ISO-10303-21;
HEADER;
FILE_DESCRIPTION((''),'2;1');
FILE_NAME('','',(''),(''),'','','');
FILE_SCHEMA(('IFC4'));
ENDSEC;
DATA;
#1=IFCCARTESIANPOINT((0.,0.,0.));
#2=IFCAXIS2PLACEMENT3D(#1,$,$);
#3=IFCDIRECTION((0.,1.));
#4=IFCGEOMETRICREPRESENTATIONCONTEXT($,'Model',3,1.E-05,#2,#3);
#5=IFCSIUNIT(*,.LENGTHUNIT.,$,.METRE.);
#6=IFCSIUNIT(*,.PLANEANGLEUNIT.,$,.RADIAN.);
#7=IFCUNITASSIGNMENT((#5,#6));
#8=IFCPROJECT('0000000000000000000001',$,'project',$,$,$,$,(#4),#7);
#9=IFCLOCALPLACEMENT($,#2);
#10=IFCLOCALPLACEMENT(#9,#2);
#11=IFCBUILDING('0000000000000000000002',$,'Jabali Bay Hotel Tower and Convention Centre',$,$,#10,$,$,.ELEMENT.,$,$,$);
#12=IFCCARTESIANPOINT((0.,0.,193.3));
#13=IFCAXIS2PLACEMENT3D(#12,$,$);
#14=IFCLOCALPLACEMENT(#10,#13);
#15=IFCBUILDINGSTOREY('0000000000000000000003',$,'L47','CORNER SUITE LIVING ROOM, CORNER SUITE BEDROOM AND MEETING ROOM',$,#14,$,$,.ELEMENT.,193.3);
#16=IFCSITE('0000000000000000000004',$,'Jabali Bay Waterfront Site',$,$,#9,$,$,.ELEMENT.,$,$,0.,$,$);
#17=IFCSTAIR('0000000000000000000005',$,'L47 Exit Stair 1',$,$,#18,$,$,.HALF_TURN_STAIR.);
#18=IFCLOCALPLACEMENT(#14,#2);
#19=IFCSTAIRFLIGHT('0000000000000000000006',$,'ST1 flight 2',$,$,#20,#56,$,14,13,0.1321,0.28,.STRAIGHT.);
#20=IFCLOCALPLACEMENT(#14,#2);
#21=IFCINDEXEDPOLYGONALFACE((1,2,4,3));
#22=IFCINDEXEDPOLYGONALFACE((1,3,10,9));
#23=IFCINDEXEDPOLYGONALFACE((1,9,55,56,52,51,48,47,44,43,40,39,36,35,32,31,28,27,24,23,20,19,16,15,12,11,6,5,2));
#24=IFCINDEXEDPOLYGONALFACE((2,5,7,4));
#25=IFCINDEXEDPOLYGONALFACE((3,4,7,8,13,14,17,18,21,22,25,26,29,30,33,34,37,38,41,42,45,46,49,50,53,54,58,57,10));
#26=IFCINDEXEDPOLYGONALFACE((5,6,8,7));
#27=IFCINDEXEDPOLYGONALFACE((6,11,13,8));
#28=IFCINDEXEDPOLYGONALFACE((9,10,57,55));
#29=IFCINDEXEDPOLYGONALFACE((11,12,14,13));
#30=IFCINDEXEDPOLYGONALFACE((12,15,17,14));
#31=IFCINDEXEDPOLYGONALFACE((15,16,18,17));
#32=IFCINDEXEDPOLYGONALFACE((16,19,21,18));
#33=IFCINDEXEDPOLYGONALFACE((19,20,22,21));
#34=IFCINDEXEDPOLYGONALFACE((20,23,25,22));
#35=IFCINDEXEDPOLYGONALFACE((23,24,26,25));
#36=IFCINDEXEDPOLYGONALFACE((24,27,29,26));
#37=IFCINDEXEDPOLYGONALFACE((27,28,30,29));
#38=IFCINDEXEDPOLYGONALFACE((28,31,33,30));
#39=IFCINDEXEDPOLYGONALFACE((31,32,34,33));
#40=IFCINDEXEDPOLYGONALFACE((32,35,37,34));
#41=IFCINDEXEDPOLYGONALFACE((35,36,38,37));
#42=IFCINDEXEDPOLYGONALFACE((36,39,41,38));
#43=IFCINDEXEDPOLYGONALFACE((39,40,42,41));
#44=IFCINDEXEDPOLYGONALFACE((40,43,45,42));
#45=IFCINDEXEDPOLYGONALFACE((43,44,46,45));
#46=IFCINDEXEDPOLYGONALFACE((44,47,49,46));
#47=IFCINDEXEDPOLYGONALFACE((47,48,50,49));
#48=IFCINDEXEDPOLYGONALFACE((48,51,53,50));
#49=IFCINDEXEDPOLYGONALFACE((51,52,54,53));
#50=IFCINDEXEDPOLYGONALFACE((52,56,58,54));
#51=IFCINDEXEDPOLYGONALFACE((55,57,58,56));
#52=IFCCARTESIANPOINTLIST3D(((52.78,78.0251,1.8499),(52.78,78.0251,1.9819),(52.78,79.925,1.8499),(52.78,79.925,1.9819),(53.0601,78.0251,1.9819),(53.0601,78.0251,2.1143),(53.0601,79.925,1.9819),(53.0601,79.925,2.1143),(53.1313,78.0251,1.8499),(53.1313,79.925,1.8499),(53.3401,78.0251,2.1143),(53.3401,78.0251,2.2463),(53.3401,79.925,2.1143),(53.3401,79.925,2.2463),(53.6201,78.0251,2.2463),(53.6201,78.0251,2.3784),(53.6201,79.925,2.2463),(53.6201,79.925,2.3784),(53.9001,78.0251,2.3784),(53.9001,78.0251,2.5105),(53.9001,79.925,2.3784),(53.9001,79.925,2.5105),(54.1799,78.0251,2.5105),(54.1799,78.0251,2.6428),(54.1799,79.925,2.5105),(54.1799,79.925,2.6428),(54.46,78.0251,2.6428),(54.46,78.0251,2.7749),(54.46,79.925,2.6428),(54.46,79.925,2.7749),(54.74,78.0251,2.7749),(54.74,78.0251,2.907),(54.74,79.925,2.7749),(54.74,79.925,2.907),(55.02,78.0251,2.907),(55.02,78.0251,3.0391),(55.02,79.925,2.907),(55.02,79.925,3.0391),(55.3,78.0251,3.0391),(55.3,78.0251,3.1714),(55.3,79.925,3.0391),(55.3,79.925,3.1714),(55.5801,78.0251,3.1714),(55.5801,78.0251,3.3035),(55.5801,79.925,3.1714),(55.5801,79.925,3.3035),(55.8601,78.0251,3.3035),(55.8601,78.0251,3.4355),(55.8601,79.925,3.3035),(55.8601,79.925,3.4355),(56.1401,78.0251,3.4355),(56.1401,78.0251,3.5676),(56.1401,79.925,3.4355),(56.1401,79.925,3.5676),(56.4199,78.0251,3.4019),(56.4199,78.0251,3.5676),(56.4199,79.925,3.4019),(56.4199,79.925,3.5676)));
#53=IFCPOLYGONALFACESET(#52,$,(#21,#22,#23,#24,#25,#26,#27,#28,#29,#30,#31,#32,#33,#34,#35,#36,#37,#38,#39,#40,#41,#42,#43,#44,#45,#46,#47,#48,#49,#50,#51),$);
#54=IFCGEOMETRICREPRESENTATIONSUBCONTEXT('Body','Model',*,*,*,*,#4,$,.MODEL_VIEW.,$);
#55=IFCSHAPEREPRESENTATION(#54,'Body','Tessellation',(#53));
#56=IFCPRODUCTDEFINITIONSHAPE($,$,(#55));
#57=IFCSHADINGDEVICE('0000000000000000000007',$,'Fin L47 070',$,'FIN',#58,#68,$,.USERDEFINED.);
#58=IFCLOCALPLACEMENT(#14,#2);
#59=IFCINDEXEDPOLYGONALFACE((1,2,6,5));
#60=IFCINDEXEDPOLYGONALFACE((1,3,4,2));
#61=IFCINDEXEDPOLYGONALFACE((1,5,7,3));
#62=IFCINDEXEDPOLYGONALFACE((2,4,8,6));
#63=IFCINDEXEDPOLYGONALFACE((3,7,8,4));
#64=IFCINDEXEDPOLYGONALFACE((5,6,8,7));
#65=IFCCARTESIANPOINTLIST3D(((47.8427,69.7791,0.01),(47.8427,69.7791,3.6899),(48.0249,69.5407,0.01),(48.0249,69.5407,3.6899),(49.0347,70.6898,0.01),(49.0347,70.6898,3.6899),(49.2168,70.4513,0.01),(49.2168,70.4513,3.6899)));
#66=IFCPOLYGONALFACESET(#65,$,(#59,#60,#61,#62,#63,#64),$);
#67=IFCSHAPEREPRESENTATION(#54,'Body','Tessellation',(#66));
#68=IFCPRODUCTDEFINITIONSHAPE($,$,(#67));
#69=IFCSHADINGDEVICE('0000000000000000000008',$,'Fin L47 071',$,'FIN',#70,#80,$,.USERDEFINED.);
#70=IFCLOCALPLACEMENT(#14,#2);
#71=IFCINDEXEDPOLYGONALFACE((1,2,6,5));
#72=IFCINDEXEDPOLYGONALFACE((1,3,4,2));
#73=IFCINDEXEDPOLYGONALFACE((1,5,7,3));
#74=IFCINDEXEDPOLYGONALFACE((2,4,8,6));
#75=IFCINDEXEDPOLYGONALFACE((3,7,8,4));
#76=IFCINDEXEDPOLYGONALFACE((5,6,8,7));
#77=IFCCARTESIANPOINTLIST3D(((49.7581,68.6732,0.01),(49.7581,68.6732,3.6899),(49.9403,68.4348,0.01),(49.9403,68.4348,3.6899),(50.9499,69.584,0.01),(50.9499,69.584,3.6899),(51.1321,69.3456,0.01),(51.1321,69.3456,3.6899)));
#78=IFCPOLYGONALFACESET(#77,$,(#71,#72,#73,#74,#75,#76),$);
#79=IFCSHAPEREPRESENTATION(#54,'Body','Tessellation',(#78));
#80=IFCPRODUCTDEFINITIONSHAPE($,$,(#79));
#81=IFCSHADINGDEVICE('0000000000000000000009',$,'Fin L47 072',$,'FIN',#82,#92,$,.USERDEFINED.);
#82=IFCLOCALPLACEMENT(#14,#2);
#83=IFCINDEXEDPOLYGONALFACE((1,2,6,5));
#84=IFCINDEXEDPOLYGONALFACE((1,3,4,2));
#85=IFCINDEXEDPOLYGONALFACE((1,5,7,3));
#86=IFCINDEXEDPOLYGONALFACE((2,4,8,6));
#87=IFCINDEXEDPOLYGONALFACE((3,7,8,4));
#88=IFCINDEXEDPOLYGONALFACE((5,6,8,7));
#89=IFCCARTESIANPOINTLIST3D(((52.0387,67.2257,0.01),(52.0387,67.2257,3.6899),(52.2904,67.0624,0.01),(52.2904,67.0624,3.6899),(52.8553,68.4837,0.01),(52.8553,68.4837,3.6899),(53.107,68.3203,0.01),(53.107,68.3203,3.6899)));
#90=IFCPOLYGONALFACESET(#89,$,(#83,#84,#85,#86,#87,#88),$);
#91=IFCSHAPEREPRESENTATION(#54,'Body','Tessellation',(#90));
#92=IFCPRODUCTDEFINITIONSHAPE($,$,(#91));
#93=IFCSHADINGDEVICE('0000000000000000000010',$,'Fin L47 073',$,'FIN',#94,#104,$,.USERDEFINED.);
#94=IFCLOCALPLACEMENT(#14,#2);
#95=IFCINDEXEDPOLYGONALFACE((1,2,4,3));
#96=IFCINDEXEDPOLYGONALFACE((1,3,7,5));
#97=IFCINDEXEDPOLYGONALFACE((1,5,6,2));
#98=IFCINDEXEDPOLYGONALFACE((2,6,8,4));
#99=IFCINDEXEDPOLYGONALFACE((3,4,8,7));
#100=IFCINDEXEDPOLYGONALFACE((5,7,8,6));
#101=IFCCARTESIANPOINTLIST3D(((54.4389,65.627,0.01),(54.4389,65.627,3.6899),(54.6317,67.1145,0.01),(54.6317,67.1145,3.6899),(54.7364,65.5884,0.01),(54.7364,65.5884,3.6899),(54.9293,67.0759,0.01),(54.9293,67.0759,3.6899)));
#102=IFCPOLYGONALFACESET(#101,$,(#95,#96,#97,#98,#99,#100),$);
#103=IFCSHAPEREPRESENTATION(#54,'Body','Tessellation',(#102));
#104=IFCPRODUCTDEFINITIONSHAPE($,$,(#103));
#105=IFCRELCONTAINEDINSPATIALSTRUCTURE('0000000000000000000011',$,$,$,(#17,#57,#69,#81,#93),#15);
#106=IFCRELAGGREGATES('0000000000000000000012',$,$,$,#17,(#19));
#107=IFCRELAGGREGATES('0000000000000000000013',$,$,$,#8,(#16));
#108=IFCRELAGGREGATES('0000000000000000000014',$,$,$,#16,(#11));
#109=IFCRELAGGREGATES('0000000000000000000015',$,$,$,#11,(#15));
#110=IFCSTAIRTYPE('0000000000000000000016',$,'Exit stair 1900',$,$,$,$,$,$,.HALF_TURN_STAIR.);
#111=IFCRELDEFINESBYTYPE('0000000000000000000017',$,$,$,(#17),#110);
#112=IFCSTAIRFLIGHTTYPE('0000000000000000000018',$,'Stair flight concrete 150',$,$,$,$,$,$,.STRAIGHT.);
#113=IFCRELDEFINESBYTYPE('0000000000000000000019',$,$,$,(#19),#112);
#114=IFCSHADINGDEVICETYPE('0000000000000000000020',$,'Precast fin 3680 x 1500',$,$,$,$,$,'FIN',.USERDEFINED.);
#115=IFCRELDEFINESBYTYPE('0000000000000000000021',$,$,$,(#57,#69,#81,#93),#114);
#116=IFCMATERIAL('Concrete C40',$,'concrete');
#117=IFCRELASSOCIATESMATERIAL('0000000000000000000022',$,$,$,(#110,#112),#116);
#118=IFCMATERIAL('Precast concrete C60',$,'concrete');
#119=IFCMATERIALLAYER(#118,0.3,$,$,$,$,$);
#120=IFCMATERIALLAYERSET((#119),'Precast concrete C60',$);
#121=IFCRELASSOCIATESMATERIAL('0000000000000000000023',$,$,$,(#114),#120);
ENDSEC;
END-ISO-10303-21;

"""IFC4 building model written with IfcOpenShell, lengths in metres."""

from ifc_helpers import new_model, si_unit, direction, frame, frame_2d, origin, place, context, subcontext, project, spatial, polyline, rectangle, outline, extrude, material, layer, layer_set, type_object, element, aggregate, save


model = new_model("IFC4")

# Units and contexts
model_context = context("Model", 3, precision=1e-05, world=origin(), true_north=direction((0.0, 1.0)))
body_context = subcontext(model_context, "Body", "Model", "MODEL_VIEW")
ifc_project = project(units=[si_unit("LENGTHUNIT", "METRE"), si_unit("PLANEANGLEUNIT", "RADIAN")], contexts=[model_context])

# Site, building, storey
site_placement = place(None, origin())
site = spatial("IfcSite", under=ifc_project, at=site_placement, Name="Jabali Bay Waterfront Site", CompositionType="ELEMENT", RefElevation=0.0)
building_placement = place(site_placement, origin())
building = spatial("IfcBuilding", under=site, at=building_placement, Name="Jabali Bay Hotel Tower and Convention Centre", CompositionType="ELEMENT")
storey_placement = place(building_placement, frame((0.0, 0.0, 193.3)))
storey = spatial("IfcBuildingStorey", under=building, at=storey_placement, Name="L47", Description="CORNER SUITE LIVING ROOM, CORNER SUITE BEDROOM AND MEETING ROOM", CompositionType="ELEMENT", Elevation=193.3)

# Shared definitions
ifc_material_1 = material(Name="Concrete C40", Category="concrete")

# Stair, stair flight
stair_type = type_object("IfcStairType", Name="Exit stair 1900", PredefinedType="HALF_TURN_STAIR", material=ifc_material_1)
stair_placement = place(storey_placement, origin())
stair = element("IfcStair", 1, at=stair_placement, inside=storey, type_object=stair_type, Name="L47 Exit Stair 1", PredefinedType="HALF_TURN_STAIR")
stair_flight_type = type_object("IfcStairFlightType", Name="Stair flight concrete 150", PredefinedType="STRAIGHT", material=ifc_material_1)
stair_flight_placement = place(storey_placement, frame((52.78, 78.9751, 1.8499), z_axis=(0.0, 0.0, 1.0), x_axis=(1.0, 0.0, 0.0)))
stair_flight = element("IfcStairFlight", 2, at=stair_flight_placement, type_object=stair_flight_type, Name="ST1 flight 2", NumberOfRisers=14, NumberOfTreads=13, PredefinedType="STRAIGHT", RiserHeight=0.1321, TreadLength=0.28, context=body_context, shape_type="SweptSolid", body=[
    extrude(outline(polyline([(0.0, 0.0), (0.0, 0.1321), (0.28, 0.1321), (0.28, 0.2644), (0.5601, 0.2644), (0.5601, 0.3965), (0.8401, 0.3965), (0.8401, 0.5286), (1.1201, 0.5286), (1.1201, 0.6606), (1.3999, 0.6606), (1.3999, 0.793), (1.6799, 0.793), (1.6799, 0.925), (1.96, 0.925), (1.96, 1.0571), (2.24, 1.0571), (2.24, 1.1892), (2.52, 1.1892), (2.52, 1.3215), (2.8, 1.3215), (2.8, 1.4536), (3.0801, 1.4536), (3.0801, 1.5857), (3.3601, 1.5857), (3.3601, 1.7178), (3.6399, 1.7178), (3.6399, 1.8501), (3.6399, 1.552), (0.3513, 0.0), (0.0, 0.0)])), frame((0.0, 0.95, 0.0), z_axis=(0.0, -1.0, 0.0), x_axis=(1.0, 0.0, 0.0)), (0.0, 0.0, 1.0), 1.8999),
])
aggregate(stair, [stair_flight])

# Shading devices
ifc_material_2 = material(Name="Precast concrete C60", Category="concrete")
ifc_layer_1 = layer(ifc_material_2, 0.3)
ifc_layer_set_1 = layer_set([ifc_layer_1], Name="Precast concrete C60")
shading_device_type = type_object("IfcShadingDeviceType", Name="Precast fin 3680 x 1500", ElementType="FIN", PredefinedType="USERDEFINED", material=ifc_layer_set_1)
for number, where, z_axis, x_axis, name in (
    (3, (49.1257, 70.5706, 0.01), (0.0, 0.0, 1.0), (-0.794616, -0.607112, 0.0), "Fin L47 070"),
    (4, (51.041, 69.4648, 0.01), (0.0, 0.0, 1.0), (-0.794538, -0.607214, 0.0), "Fin L47 071"),
):
    element("IfcShadingDevice", number, at=place(storey_placement, frame(where, z_axis=z_axis, x_axis=x_axis)), inside=storey, type_object=shading_device_type, Name=name, ObjectType="FIN", PredefinedType="USERDEFINED", context=body_context, shape_type="SweptSolid", body=[
        extrude(rectangle(XDim=1.5, YDim=0.3, at=frame_2d((0.75, 0.0))), origin(), (0.0, 0.0, 1.0), 3.6799),
    ])
shading_device_1_placement = place(storey_placement, frame((52.9812, 68.4021, 0.01), z_axis=(0.0, 0.0, 1.0), x_axis=(-0.544479, -0.838774, 0.0)))
element("IfcShadingDevice", 5, at=shading_device_1_placement, inside=storey, type_object=shading_device_type, Name="Fin L47 072", ObjectType="FIN", PredefinedType="USERDEFINED", context=body_context, shape_type="SweptSolid", body=[
    extrude(rectangle(XDim=1.4998, YDim=0.3, at=frame_2d((0.75, 0.0))), origin(), (0.0, 0.0, 1.0), 3.6799),
])
shading_device_2_placement = place(storey_placement, frame((54.7805, 67.0952, 0.01), z_axis=(0.0, 0.0, 1.0), x_axis=(-0.128581, -0.991699, 0.0)))
element("IfcShadingDevice", 6, at=shading_device_2_placement, inside=storey, type_object=shading_device_type, Name="Fin L47 073", ObjectType="FIN", PredefinedType="USERDEFINED", context=body_context, shape_type="SweptSolid", body=[
    extrude(rectangle(XDim=1.5, YDim=0.3, at=frame_2d((0.75, 0.0))), origin(), (0.0, 0.0, 1.0), 3.6799),
])

save(model, "model.ifc")
